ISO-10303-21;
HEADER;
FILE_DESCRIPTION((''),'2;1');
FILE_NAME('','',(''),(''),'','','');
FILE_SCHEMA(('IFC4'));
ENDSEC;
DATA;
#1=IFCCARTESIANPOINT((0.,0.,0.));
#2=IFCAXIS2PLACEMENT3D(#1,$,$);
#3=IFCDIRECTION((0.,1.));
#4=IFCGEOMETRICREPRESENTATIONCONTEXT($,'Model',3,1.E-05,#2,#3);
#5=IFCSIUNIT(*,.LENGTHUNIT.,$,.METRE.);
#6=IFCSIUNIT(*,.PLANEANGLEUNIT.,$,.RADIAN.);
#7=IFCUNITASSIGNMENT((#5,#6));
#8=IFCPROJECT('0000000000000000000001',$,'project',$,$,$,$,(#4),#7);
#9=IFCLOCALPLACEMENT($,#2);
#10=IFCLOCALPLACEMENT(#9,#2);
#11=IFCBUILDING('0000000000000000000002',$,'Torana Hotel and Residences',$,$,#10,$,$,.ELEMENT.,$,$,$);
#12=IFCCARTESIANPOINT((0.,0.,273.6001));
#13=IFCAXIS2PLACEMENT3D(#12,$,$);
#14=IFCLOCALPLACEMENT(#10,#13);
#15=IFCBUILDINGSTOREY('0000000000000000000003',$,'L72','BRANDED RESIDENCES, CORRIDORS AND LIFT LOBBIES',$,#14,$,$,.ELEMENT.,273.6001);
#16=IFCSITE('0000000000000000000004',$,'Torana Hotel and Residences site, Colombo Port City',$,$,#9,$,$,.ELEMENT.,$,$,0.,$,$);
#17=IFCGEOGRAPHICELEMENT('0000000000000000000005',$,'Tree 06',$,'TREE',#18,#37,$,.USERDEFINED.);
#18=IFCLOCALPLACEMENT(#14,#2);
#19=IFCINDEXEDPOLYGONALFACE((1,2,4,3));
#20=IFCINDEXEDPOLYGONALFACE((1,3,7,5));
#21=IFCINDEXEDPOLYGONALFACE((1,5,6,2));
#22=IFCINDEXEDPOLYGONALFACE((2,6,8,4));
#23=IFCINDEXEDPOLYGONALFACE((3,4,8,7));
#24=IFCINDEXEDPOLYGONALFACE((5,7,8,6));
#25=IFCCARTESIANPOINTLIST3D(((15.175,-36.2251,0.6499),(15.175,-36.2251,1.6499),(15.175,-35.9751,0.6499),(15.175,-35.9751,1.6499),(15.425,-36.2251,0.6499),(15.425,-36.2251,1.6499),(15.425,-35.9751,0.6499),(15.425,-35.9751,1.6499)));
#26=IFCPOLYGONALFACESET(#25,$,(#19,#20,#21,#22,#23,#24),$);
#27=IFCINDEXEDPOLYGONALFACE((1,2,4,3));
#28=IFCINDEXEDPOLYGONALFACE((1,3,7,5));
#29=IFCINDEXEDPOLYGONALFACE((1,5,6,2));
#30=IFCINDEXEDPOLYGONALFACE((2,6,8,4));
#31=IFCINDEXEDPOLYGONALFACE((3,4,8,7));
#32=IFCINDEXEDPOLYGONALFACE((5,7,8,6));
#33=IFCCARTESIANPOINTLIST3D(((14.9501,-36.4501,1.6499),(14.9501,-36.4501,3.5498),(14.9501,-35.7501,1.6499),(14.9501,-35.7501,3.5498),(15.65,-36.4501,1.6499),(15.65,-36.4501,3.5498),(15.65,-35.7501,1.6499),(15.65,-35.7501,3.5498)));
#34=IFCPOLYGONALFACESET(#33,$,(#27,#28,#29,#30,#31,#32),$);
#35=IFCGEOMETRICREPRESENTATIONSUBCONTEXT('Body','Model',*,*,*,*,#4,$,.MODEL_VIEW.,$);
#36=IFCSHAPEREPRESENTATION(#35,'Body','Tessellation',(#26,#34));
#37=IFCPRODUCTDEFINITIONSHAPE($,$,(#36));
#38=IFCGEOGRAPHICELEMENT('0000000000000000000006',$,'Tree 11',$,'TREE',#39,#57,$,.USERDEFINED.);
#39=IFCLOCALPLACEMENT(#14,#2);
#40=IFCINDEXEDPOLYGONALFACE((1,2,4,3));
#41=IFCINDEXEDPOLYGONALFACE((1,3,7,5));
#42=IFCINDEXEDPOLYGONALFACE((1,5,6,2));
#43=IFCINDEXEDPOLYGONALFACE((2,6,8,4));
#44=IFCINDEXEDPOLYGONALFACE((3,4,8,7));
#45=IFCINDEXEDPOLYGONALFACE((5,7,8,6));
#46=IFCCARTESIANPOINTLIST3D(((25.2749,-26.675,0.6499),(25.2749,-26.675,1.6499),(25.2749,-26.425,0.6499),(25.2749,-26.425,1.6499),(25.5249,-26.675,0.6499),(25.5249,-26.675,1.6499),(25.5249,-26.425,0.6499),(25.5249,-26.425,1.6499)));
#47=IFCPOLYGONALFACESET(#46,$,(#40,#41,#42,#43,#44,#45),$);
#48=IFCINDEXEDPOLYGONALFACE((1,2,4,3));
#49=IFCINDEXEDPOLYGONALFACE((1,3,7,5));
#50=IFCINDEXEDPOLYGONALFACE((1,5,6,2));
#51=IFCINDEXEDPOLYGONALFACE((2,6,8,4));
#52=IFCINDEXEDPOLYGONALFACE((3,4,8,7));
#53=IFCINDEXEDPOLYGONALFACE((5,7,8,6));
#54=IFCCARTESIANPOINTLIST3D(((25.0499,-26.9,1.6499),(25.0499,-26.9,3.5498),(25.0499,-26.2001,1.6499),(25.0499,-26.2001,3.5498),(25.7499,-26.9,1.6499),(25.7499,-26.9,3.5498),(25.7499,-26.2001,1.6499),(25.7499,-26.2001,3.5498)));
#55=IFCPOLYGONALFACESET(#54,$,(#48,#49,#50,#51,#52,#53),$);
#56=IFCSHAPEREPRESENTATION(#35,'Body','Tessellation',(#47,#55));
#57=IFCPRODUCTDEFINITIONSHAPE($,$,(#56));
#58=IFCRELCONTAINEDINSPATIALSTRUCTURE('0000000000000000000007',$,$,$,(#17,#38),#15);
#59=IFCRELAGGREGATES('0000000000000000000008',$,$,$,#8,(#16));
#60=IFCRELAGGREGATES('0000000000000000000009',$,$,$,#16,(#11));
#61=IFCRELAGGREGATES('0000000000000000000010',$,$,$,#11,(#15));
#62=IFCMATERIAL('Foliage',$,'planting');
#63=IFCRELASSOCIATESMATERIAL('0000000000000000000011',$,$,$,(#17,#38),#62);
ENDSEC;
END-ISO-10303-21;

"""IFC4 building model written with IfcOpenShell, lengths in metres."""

from ifc_helpers import new_model, si_unit, direction, frame, origin, origin_2d, place, context, subcontext, project, spatial, rectangle, extrude, material, element, save


model = new_model("IFC4")

# Units and contexts
model_context = context("Model", 3, precision=1e-05, world=origin(), true_north=direction((0.0, 1.0)))
body_context = subcontext(model_context, "Body", "Model", "MODEL_VIEW")
ifc_project = project(units=[si_unit("LENGTHUNIT", "METRE"), si_unit("PLANEANGLEUNIT", "RADIAN")], contexts=[model_context])

# Site, building, storey
site_placement = place(None, origin())
site = spatial("IfcSite", under=ifc_project, at=site_placement, Name="Torana Hotel and Residences site, Colombo Port City", CompositionType="ELEMENT", RefElevation=0.0)
building_placement = place(site_placement, origin())
building = spatial("IfcBuilding", under=site, at=building_placement, Name="Torana Hotel and Residences", CompositionType="ELEMENT")
storey_placement = place(building_placement, frame((0.0, 0.0, 273.6001)))
storey = spatial("IfcBuildingStorey", under=building, at=storey_placement, Name="L72", Description="BRANDED RESIDENCES, CORRIDORS AND LIFT LOBBIES", CompositionType="ELEMENT", Elevation=273.6001)

# Geographic elements
ifc_material_1 = material(Name="Foliage", Category="planting")
for number, where, z_axis, x_axis, name in (
    (1, (15.3, -36.1001, 0.6499), (0.0, 0.0, 1.0), (1.0, 0.0, 0.0), "Tree 06"),
    (2, (25.3999, -26.55, 0.6499), (0.0, 0.0, 1.0), (1.0, 0.0, 0.0), "Tree 11"),
):
    element("IfcGeographicElement", number, at=place(storey_placement, frame(where, z_axis=z_axis, x_axis=x_axis)), inside=storey, material=ifc_material_1, Name=name, ObjectType="TREE", PredefinedType="USERDEFINED", context=body_context, shape_type="SweptSolid", body=[
        extrude(rectangle(XDim=0.25, YDim=0.25, at=origin_2d()), origin(), (0.0, 0.0, 1.0), 1.0),
        extrude(rectangle(XDim=0.7, YDim=0.7, at=origin_2d()), frame((0.0, 0.0, 1.0)), (0.0, 0.0, 1.0), 1.8999),
    ])

save(model, "model.ifc")
